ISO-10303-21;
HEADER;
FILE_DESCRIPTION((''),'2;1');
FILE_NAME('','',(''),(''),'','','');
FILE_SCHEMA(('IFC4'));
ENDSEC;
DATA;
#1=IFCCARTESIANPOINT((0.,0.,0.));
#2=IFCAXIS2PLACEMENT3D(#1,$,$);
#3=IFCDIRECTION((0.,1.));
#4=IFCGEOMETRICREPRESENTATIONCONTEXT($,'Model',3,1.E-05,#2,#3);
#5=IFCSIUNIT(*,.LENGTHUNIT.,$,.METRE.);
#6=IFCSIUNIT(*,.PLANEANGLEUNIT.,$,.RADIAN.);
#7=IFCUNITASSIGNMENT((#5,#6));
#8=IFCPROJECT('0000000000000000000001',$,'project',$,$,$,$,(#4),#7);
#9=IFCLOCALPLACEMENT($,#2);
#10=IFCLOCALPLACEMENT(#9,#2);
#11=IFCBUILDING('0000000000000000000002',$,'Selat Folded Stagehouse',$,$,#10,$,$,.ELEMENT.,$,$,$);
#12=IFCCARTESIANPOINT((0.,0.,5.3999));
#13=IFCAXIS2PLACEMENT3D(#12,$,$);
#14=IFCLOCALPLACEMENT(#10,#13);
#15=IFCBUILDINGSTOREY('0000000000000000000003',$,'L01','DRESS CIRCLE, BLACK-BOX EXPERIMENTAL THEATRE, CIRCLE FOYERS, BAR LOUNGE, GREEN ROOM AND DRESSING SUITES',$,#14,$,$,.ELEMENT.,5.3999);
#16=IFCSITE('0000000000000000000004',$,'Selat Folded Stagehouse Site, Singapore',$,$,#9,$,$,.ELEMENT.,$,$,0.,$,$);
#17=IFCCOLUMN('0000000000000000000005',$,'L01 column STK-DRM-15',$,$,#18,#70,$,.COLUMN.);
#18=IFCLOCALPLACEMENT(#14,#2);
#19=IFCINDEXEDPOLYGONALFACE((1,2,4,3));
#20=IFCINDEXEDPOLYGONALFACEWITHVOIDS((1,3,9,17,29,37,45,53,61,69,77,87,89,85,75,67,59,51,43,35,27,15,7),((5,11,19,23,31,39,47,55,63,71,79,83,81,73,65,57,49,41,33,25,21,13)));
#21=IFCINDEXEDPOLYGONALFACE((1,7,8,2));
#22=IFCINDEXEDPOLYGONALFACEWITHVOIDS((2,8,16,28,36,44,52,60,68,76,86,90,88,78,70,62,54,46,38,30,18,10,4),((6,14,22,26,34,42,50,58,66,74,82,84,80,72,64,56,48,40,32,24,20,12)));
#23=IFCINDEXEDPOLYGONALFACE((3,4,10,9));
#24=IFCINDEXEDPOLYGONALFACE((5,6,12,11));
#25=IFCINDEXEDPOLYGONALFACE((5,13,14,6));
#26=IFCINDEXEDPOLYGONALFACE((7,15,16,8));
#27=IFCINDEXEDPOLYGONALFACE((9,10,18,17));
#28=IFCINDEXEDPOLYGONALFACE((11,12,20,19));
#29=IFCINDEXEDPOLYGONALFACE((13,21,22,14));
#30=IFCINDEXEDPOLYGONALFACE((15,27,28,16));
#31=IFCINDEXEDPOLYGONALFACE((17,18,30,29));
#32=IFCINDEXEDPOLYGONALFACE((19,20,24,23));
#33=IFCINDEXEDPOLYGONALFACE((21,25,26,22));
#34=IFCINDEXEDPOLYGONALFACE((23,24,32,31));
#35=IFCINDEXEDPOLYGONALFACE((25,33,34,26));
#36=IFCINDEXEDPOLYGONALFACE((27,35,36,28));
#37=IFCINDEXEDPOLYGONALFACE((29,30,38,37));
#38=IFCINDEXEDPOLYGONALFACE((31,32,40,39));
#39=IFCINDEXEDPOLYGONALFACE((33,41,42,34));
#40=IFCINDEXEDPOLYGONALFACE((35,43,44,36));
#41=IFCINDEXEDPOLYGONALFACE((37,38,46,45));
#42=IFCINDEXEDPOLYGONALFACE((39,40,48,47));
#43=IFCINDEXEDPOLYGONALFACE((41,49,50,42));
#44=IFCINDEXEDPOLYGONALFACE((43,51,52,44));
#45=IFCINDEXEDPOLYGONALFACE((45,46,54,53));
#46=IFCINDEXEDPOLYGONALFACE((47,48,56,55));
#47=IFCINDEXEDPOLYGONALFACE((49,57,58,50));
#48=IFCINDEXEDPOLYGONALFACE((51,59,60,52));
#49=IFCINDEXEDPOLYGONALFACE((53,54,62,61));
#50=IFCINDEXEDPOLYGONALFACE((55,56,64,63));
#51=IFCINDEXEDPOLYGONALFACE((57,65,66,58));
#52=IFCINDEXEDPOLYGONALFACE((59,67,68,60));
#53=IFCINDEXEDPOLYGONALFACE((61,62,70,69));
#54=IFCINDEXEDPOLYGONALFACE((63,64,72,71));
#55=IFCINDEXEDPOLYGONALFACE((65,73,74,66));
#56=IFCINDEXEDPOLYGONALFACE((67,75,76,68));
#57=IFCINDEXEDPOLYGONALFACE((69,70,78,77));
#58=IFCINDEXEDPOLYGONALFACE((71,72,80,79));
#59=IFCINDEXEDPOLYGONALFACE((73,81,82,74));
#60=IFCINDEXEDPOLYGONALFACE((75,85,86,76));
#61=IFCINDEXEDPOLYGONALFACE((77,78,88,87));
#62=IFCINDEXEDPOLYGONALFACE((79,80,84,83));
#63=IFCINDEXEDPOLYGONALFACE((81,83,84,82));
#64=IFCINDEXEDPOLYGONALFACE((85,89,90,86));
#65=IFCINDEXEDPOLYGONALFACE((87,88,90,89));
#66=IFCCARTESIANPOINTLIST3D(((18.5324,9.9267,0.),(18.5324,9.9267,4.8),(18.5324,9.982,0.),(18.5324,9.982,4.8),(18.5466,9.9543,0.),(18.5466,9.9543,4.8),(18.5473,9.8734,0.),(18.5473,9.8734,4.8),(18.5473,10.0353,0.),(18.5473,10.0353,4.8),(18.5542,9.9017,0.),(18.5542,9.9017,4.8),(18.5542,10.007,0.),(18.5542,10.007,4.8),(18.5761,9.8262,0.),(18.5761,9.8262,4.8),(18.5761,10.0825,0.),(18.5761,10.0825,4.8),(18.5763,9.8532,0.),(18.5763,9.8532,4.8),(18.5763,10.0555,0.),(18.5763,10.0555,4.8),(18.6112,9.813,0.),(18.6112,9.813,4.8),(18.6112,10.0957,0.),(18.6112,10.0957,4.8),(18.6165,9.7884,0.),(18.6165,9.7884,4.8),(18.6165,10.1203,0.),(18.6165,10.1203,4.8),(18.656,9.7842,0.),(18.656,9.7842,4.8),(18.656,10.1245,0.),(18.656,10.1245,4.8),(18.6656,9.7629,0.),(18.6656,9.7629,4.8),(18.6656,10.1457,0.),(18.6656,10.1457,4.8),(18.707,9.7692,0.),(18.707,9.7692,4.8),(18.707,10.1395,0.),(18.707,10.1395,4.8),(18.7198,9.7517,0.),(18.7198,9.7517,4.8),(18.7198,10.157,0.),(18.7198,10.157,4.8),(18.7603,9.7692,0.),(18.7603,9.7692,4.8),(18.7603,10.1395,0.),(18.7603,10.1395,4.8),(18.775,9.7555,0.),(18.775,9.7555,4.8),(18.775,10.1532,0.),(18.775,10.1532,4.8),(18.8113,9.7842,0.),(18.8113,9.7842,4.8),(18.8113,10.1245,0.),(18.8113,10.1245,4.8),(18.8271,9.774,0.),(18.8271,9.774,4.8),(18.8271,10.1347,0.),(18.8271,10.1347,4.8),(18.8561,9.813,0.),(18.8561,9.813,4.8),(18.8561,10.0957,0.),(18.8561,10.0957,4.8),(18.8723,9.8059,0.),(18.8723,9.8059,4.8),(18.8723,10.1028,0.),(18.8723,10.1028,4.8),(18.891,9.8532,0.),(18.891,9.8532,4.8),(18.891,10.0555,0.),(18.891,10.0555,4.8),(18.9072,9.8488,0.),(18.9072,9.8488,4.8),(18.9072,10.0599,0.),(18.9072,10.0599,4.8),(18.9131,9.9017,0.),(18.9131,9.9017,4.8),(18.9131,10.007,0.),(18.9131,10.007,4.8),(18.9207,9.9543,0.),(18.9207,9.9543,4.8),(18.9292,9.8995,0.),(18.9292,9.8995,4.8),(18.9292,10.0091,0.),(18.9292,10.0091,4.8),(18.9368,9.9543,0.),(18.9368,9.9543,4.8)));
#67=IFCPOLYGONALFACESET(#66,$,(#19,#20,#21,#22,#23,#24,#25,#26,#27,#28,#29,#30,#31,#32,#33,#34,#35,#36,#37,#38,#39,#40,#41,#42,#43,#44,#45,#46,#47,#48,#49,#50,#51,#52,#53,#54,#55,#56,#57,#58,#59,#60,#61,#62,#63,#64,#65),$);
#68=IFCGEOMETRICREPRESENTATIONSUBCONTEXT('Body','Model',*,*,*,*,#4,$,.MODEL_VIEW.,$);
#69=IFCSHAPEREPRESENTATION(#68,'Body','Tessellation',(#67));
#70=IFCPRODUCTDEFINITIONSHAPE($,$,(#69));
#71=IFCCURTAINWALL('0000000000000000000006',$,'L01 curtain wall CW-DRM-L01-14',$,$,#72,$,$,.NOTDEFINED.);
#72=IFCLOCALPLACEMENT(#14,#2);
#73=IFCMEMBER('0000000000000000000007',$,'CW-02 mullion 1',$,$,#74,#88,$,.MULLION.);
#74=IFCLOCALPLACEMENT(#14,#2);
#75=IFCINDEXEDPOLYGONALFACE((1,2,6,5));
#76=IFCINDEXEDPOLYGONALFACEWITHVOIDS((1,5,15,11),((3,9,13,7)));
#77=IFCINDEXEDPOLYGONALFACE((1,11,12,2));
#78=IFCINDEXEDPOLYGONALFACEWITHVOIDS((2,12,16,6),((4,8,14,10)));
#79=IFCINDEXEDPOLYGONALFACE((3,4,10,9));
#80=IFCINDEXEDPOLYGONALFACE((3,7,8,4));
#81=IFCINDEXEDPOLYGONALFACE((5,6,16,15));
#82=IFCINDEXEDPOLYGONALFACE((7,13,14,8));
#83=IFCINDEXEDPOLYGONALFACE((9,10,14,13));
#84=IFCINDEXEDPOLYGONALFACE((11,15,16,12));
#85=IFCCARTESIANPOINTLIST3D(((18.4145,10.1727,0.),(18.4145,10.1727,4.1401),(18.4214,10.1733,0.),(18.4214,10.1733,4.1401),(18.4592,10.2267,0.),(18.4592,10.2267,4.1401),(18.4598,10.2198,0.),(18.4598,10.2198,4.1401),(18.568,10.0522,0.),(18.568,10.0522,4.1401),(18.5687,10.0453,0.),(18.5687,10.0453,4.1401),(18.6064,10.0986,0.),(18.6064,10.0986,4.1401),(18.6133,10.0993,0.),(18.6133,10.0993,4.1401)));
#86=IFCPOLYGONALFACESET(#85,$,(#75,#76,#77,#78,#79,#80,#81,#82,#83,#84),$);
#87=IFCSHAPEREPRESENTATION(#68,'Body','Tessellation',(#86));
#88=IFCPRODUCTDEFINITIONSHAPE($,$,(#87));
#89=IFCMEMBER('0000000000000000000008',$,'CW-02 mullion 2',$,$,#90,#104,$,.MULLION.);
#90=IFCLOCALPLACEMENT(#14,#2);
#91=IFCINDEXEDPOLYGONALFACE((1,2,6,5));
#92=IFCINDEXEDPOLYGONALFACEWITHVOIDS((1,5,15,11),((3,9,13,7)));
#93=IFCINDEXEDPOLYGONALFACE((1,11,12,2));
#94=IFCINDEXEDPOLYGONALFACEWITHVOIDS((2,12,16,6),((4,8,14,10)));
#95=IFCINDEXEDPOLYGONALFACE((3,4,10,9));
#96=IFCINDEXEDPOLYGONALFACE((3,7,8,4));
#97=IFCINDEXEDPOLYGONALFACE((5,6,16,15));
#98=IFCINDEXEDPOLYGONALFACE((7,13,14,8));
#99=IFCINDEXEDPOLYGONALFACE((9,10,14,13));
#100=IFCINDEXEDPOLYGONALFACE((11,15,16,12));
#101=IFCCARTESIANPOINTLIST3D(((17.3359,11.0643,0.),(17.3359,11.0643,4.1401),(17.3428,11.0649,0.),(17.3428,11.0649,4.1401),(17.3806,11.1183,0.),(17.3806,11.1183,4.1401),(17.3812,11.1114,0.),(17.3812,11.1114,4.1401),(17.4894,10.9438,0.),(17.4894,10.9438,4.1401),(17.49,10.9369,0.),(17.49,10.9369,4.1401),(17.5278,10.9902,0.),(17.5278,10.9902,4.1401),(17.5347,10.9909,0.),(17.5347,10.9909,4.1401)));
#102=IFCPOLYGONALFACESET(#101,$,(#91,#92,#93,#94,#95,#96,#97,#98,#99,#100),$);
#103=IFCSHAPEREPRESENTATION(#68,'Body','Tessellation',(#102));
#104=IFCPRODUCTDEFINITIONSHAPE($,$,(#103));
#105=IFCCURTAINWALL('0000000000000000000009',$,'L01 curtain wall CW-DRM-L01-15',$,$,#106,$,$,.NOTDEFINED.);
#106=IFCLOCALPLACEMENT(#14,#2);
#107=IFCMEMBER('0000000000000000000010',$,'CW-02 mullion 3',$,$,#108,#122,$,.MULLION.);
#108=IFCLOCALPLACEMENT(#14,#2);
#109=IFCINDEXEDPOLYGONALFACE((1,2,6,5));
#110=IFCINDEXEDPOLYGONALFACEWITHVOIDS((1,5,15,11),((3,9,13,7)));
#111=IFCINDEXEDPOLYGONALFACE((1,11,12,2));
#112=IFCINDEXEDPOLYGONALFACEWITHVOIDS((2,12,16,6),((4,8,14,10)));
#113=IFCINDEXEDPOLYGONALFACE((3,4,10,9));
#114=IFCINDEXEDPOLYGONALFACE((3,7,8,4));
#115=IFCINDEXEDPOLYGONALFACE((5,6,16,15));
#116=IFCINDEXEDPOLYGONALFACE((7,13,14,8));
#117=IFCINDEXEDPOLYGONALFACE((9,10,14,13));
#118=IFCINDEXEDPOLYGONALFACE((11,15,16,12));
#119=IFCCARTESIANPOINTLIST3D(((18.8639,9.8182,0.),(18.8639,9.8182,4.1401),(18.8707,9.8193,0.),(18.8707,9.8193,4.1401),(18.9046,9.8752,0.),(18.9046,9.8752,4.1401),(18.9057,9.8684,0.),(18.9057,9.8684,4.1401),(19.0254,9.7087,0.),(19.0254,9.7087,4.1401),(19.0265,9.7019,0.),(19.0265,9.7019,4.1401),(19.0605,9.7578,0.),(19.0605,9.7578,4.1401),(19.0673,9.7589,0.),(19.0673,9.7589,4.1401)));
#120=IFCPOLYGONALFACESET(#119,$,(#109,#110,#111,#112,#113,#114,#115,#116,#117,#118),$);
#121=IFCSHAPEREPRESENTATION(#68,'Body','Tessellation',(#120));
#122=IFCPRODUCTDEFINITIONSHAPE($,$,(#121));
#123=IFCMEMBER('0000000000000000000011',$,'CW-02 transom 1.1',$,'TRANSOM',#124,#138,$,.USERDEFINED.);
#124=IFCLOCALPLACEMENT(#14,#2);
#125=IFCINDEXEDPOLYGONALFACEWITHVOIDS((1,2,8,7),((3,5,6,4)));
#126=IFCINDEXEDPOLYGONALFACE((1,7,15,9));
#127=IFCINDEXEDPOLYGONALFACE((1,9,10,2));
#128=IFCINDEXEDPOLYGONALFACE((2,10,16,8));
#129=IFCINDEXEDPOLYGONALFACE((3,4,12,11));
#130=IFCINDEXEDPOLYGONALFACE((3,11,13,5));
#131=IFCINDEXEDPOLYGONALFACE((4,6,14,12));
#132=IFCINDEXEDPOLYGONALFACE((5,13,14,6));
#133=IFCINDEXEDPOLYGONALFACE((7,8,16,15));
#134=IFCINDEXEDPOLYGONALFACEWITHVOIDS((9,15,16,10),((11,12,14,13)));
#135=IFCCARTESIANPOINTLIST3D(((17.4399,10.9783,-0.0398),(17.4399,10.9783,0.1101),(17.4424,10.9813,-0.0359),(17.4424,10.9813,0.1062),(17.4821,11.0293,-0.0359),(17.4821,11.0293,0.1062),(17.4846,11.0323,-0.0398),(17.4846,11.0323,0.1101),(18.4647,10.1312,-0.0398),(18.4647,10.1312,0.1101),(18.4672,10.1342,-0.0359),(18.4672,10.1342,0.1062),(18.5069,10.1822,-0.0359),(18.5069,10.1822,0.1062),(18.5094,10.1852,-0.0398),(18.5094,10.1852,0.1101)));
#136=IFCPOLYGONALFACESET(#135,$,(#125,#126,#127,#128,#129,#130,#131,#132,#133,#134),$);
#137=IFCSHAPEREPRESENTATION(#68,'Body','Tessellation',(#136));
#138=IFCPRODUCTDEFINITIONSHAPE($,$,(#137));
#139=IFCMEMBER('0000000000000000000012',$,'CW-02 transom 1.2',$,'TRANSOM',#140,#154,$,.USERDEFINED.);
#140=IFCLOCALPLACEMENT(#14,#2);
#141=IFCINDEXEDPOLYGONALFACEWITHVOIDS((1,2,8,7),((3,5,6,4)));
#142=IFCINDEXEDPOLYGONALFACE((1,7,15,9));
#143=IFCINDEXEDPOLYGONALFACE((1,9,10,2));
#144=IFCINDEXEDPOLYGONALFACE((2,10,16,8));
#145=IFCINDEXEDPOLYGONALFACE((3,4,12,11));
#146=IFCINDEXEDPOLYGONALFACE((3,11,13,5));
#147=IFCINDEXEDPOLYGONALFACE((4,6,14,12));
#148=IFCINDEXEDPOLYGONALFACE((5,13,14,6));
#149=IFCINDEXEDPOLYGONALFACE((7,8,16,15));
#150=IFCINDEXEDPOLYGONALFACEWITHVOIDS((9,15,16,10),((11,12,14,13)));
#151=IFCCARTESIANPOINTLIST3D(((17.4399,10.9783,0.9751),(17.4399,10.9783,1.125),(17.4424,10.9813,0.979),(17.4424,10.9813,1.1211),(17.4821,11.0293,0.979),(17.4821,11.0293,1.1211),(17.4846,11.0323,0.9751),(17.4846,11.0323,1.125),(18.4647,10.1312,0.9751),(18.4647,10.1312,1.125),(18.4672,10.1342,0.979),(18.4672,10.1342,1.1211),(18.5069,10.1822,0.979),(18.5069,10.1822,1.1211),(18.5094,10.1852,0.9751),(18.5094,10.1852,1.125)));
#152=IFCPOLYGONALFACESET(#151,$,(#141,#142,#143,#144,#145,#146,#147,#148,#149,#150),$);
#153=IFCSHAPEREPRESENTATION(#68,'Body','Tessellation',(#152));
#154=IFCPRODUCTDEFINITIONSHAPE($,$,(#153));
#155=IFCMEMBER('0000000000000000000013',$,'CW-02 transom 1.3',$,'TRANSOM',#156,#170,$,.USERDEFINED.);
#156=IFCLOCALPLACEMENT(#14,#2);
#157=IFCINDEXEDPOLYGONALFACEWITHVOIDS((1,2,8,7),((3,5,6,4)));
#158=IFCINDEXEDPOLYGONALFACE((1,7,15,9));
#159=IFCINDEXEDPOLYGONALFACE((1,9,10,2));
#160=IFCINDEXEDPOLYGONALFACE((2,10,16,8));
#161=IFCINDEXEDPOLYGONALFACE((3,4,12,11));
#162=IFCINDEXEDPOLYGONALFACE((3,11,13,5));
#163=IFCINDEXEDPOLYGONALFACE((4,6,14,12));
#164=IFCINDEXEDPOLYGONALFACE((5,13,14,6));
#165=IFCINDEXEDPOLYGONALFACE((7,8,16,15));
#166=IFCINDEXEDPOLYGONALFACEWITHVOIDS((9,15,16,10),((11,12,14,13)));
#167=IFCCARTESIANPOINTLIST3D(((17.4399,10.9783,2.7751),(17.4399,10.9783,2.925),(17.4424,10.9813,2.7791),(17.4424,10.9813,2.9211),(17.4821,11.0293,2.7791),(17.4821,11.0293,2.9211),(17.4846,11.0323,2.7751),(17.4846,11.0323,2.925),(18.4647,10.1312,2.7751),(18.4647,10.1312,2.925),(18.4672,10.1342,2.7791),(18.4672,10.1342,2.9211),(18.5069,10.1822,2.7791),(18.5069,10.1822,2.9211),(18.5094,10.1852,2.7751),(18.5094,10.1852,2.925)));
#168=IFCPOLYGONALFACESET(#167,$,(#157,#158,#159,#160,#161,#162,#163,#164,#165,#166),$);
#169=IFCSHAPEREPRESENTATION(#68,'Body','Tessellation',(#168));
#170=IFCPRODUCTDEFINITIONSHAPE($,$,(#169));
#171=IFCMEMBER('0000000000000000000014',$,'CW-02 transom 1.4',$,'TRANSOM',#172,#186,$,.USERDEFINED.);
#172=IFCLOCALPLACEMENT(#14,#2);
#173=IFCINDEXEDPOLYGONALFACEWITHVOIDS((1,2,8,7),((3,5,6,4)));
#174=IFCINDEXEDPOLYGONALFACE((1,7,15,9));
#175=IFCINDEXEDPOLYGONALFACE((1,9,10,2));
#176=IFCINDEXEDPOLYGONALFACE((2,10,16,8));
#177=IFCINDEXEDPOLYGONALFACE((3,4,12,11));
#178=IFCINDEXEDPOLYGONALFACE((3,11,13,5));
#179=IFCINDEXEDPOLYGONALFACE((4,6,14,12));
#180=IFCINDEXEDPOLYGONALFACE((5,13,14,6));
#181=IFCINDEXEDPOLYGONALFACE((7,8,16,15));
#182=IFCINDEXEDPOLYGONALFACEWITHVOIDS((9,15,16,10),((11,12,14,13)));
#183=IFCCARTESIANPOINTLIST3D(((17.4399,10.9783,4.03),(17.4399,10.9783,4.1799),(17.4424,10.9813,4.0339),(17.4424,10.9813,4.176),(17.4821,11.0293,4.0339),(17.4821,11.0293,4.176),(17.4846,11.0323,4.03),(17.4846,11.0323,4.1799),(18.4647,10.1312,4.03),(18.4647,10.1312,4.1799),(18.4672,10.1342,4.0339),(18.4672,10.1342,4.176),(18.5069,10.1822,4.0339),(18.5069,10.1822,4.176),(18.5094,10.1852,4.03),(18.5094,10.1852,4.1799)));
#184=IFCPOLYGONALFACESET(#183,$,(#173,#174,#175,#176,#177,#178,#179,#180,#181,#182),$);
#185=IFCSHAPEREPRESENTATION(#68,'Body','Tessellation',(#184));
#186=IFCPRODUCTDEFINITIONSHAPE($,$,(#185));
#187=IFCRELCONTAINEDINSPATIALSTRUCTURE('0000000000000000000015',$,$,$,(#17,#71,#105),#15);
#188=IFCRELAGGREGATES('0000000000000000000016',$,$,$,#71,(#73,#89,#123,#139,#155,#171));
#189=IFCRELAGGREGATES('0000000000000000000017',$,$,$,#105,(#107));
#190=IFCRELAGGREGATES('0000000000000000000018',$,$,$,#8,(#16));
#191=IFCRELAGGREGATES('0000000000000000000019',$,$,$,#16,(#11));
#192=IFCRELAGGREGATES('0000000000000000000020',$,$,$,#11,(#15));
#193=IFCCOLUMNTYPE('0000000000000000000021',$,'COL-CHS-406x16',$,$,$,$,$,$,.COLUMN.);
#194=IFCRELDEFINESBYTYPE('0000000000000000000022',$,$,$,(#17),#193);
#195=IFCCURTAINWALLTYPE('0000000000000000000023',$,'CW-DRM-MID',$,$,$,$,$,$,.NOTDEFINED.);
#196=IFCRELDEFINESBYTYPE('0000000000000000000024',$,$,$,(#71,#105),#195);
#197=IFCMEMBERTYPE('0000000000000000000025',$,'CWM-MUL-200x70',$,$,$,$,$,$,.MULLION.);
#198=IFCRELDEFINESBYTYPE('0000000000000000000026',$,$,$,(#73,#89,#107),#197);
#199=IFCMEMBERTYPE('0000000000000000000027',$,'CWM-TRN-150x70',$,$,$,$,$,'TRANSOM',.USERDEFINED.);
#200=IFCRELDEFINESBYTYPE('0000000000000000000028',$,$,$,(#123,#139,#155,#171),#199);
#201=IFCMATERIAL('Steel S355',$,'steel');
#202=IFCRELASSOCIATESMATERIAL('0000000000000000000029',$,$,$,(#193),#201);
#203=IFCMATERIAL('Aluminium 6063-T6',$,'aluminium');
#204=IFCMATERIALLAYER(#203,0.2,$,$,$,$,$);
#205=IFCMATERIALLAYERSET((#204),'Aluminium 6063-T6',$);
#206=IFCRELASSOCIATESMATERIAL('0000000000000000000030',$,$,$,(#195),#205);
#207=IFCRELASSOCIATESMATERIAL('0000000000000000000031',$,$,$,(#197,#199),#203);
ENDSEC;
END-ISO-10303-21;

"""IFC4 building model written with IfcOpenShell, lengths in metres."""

from ifc_helpers import new_model, si_unit, direction, frame, origin, origin_2d, place, context, subcontext, project, spatial, hollow_rectangle, hollow_circle, extrude, material, layer, layer_set, material_profile, profile_set, type_object, element, aggregate, save


model = new_model("IFC4")

# Units and contexts
model_context = context("Model", 3, precision=1e-05, world=origin(), true_north=direction((0.0, 1.0)))
body_context = subcontext(model_context, "Body", "Model", "MODEL_VIEW")
ifc_project = project(units=[si_unit("LENGTHUNIT", "METRE"), si_unit("PLANEANGLEUNIT", "RADIAN")], contexts=[model_context])

# Site, building, storey
site_placement = place(None, origin())
site = spatial("IfcSite", under=ifc_project, at=site_placement, Name="Selat Folded Stagehouse Site, Singapore", CompositionType="ELEMENT", RefElevation=0.0)
building_placement = place(site_placement, origin())
building = spatial("IfcBuilding", under=site, at=building_placement, Name="Selat Folded Stagehouse", CompositionType="ELEMENT")
storey_placement = place(building_placement, frame((0.0, 0.0, 5.3999)))
storey = spatial("IfcBuildingStorey", under=building, at=storey_placement, Name="L01", Description="DRESS CIRCLE, BLACK-BOX EXPERIMENTAL THEATRE, CIRCLE FOYERS, BAR LOUNGE, GREEN ROOM AND DRESSING SUITES", CompositionType="ELEMENT", Elevation=5.3999)

# Column
ifc_material_1 = material(Name="Steel S355", Category="steel")
ifc_material_profile_1 = material_profile(ifc_material_1, hollow_circle(Radius=0.2031, WallThickness=0.0161, at=origin_2d()), Name="CHS 406.4x16.0")
ifc_profile_set_1 = profile_set([ifc_material_profile_1], Name="Steel S355")
column_type = type_object("IfcColumnType", Name="COL-CHS-406x16", PredefinedType="COLUMN", material=ifc_profile_set_1)
column_placement = place(storey_placement, frame((18.7336, 9.9543, 0.0), z_axis=(0.0, 0.0, 1.0), x_axis=(1.0, 0.0, 0.0)))
element("IfcColumn", 1, at=column_placement, inside=storey, type_object=column_type, Name="L01 column STK-DRM-15", PredefinedType="COLUMN", context=body_context, shape_type="SweptSolid", body=[
    extrude(hollow_circle(Radius=0.2031, WallThickness=0.0161, at=origin_2d()), origin(), (0.0, 0.0, 1.0), 4.8),
])

# Curtain wall, members
ifc_material_2 = material(Name="Aluminium 6063-T6", Category="aluminium")
ifc_layer_1 = layer(ifc_material_2, 0.2)
ifc_layer_set_1 = layer_set([ifc_layer_1], Name="Aluminium 6063-T6")
curtain_wall_type = type_object("IfcCurtainWallType", Name="CW-DRM-MID", PredefinedType="NOTDEFINED", material=ifc_layer_set_1)
curtain_wall_1_placement = place(storey_placement, origin())
curtain_wall_1 = element("IfcCurtainWall", 2, at=curtain_wall_1_placement, inside=storey, type_object=curtain_wall_type, Name="L01 curtain wall CW-DRM-L01-14", PredefinedType="NOTDEFINED")
ifc_material_profile_2 = material_profile(ifc_material_2, hollow_rectangle(XDim=0.0701, YDim=0.2, WallThickness=0.0049, at=origin_2d()), Name="ALU 200x70x5.0")
ifc_profile_set_2 = profile_set([ifc_material_profile_2], Name="Aluminium 6063-T6")
member_type_1 = type_object("IfcMemberType", Name="CWM-MUL-200x70", PredefinedType="MULLION", material=ifc_profile_set_2)
member_1_placement = place(storey_placement, frame((18.5139, 10.136, 0.0), z_axis=(0.0, 0.0, 1.0), x_axis=(-0.637142, -0.770747, 0.0)))
member_1 = element("IfcMember", 3, at=member_1_placement, type_object=member_type_1, Name="CW-02 mullion 1", PredefinedType="MULLION", context=body_context, shape_type="SweptSolid", body=[
    extrude(hollow_rectangle(XDim=0.0701, YDim=0.2, WallThickness=0.0049, at=origin_2d()), origin(), (0.0, 0.0, 1.0), 4.1401),
])
member_2_placement = place(storey_placement, frame((17.4353, 11.0276, 0.0), z_axis=(0.0, 0.0, 1.0), x_axis=(-0.637142, -0.770747, 0.0)))
member_2 = element("IfcMember", 4, at=member_2_placement, type_object=member_type_1, Name="CW-02 mullion 2", PredefinedType="MULLION", context=body_context, shape_type="SweptSolid", body=[
    extrude(hollow_rectangle(XDim=0.0701, YDim=0.2, WallThickness=0.0049, at=origin_2d()), origin(), (0.0, 0.0, 1.0), 4.1401),
])

# Curtain wall, member
curtain_wall_2_placement = place(storey_placement, origin())
curtain_wall_2 = element("IfcCurtainWall", 5, at=curtain_wall_2_placement, inside=storey, type_object=curtain_wall_type, Name="L01 curtain wall CW-DRM-L01-15", PredefinedType="NOTDEFINED")
member_3_placement = place(storey_placement, frame((18.9656, 9.7886, 0.0), z_axis=(0.0, 0.0, 1.0), x_axis=(-0.581528, -0.813526, 0.0)))
member_3 = element("IfcMember", 6, at=member_3_placement, type_object=member_type_1, Name="CW-02 mullion 3", PredefinedType="MULLION", context=body_context, shape_type="SweptSolid", body=[
    extrude(hollow_rectangle(XDim=0.0701, YDim=0.2, WallThickness=0.0049, at=origin_2d()), origin(), (0.0, 0.0, 1.0), 4.1401),
])

# Members
ifc_material_profile_3 = material_profile(ifc_material_2, hollow_rectangle(XDim=0.0701, YDim=0.1499, WallThickness=0.0039, at=origin_2d()), Name="ALU 150x70x4.0")
ifc_profile_set_3 = profile_set([ifc_material_profile_3], Name="Aluminium 6063-T6")
member_type_2 = type_object("IfcMemberType", Name="CWM-TRN-150x70", ElementType="TRANSOM", PredefinedType="USERDEFINED", material=ifc_profile_set_3)
member_4_placement = place(storey_placement, frame((18.4871, 10.1582, 0.0352), z_axis=(-0.770774, 0.637109, 0.0), x_axis=(-0.637109, -0.770774, 0.0)))
member_4 = element("IfcMember", 7, at=member_4_placement, type_object=member_type_2, Name="CW-02 transom 1.1", ObjectType="TRANSOM", PredefinedType="USERDEFINED", context=body_context, shape_type="SweptSolid", body=[
    extrude(hollow_rectangle(XDim=0.0701, YDim=0.1499, WallThickness=0.0039, at=origin_2d()), origin(), (0.0, 0.0, 1.0), 1.3296),
])
member_5_placement = place(storey_placement, frame((18.4871, 10.1582, 1.05), z_axis=(-0.770774, 0.637109, 0.0), x_axis=(-0.637109, -0.770774, 0.0)))
member_5 = element("IfcMember", 8, at=member_5_placement, type_object=member_type_2, Name="CW-02 transom 1.2", ObjectType="TRANSOM", PredefinedType="USERDEFINED", context=body_context, shape_type="SweptSolid", body=[
    extrude(hollow_rectangle(XDim=0.0701, YDim=0.1499, WallThickness=0.0039, at=origin_2d()), origin(), (0.0, 0.0, 1.0), 1.3296),
])
member_6_placement = place(storey_placement, frame((18.4871, 10.1582, 2.8501), z_axis=(-0.770774, 0.637109, 0.0), x_axis=(-0.637109, -0.770774, 0.0)))
member_6 = element("IfcMember", 9, at=member_6_placement, type_object=member_type_2, Name="CW-02 transom 1.3", ObjectType="TRANSOM", PredefinedType="USERDEFINED", context=body_context, shape_type="SweptSolid", body=[
    extrude(hollow_rectangle(XDim=0.0701, YDim=0.1499, WallThickness=0.0039, at=origin_2d()), origin(), (0.0, 0.0, 1.0), 1.3296),
])
member_7_placement = place(storey_placement, frame((18.4871, 10.1582, 4.105), z_axis=(-0.770774, 0.637109, 0.0), x_axis=(-0.637109, -0.770774, 0.0)))
member_7 = element("IfcMember", 10, at=member_7_placement, type_object=member_type_2, Name="CW-02 transom 1.4", ObjectType="TRANSOM", PredefinedType="USERDEFINED", context=body_context, shape_type="SweptSolid", body=[
    extrude(hollow_rectangle(XDim=0.0701, YDim=0.1499, WallThickness=0.0039, at=origin_2d()), origin(), (0.0, 0.0, 1.0), 1.3296),
])

aggregate(curtain_wall_1, [member_1, member_2, member_4, member_5, member_6, member_7])
aggregate(curtain_wall_2, [member_3])

save(model, "model.ifc")
